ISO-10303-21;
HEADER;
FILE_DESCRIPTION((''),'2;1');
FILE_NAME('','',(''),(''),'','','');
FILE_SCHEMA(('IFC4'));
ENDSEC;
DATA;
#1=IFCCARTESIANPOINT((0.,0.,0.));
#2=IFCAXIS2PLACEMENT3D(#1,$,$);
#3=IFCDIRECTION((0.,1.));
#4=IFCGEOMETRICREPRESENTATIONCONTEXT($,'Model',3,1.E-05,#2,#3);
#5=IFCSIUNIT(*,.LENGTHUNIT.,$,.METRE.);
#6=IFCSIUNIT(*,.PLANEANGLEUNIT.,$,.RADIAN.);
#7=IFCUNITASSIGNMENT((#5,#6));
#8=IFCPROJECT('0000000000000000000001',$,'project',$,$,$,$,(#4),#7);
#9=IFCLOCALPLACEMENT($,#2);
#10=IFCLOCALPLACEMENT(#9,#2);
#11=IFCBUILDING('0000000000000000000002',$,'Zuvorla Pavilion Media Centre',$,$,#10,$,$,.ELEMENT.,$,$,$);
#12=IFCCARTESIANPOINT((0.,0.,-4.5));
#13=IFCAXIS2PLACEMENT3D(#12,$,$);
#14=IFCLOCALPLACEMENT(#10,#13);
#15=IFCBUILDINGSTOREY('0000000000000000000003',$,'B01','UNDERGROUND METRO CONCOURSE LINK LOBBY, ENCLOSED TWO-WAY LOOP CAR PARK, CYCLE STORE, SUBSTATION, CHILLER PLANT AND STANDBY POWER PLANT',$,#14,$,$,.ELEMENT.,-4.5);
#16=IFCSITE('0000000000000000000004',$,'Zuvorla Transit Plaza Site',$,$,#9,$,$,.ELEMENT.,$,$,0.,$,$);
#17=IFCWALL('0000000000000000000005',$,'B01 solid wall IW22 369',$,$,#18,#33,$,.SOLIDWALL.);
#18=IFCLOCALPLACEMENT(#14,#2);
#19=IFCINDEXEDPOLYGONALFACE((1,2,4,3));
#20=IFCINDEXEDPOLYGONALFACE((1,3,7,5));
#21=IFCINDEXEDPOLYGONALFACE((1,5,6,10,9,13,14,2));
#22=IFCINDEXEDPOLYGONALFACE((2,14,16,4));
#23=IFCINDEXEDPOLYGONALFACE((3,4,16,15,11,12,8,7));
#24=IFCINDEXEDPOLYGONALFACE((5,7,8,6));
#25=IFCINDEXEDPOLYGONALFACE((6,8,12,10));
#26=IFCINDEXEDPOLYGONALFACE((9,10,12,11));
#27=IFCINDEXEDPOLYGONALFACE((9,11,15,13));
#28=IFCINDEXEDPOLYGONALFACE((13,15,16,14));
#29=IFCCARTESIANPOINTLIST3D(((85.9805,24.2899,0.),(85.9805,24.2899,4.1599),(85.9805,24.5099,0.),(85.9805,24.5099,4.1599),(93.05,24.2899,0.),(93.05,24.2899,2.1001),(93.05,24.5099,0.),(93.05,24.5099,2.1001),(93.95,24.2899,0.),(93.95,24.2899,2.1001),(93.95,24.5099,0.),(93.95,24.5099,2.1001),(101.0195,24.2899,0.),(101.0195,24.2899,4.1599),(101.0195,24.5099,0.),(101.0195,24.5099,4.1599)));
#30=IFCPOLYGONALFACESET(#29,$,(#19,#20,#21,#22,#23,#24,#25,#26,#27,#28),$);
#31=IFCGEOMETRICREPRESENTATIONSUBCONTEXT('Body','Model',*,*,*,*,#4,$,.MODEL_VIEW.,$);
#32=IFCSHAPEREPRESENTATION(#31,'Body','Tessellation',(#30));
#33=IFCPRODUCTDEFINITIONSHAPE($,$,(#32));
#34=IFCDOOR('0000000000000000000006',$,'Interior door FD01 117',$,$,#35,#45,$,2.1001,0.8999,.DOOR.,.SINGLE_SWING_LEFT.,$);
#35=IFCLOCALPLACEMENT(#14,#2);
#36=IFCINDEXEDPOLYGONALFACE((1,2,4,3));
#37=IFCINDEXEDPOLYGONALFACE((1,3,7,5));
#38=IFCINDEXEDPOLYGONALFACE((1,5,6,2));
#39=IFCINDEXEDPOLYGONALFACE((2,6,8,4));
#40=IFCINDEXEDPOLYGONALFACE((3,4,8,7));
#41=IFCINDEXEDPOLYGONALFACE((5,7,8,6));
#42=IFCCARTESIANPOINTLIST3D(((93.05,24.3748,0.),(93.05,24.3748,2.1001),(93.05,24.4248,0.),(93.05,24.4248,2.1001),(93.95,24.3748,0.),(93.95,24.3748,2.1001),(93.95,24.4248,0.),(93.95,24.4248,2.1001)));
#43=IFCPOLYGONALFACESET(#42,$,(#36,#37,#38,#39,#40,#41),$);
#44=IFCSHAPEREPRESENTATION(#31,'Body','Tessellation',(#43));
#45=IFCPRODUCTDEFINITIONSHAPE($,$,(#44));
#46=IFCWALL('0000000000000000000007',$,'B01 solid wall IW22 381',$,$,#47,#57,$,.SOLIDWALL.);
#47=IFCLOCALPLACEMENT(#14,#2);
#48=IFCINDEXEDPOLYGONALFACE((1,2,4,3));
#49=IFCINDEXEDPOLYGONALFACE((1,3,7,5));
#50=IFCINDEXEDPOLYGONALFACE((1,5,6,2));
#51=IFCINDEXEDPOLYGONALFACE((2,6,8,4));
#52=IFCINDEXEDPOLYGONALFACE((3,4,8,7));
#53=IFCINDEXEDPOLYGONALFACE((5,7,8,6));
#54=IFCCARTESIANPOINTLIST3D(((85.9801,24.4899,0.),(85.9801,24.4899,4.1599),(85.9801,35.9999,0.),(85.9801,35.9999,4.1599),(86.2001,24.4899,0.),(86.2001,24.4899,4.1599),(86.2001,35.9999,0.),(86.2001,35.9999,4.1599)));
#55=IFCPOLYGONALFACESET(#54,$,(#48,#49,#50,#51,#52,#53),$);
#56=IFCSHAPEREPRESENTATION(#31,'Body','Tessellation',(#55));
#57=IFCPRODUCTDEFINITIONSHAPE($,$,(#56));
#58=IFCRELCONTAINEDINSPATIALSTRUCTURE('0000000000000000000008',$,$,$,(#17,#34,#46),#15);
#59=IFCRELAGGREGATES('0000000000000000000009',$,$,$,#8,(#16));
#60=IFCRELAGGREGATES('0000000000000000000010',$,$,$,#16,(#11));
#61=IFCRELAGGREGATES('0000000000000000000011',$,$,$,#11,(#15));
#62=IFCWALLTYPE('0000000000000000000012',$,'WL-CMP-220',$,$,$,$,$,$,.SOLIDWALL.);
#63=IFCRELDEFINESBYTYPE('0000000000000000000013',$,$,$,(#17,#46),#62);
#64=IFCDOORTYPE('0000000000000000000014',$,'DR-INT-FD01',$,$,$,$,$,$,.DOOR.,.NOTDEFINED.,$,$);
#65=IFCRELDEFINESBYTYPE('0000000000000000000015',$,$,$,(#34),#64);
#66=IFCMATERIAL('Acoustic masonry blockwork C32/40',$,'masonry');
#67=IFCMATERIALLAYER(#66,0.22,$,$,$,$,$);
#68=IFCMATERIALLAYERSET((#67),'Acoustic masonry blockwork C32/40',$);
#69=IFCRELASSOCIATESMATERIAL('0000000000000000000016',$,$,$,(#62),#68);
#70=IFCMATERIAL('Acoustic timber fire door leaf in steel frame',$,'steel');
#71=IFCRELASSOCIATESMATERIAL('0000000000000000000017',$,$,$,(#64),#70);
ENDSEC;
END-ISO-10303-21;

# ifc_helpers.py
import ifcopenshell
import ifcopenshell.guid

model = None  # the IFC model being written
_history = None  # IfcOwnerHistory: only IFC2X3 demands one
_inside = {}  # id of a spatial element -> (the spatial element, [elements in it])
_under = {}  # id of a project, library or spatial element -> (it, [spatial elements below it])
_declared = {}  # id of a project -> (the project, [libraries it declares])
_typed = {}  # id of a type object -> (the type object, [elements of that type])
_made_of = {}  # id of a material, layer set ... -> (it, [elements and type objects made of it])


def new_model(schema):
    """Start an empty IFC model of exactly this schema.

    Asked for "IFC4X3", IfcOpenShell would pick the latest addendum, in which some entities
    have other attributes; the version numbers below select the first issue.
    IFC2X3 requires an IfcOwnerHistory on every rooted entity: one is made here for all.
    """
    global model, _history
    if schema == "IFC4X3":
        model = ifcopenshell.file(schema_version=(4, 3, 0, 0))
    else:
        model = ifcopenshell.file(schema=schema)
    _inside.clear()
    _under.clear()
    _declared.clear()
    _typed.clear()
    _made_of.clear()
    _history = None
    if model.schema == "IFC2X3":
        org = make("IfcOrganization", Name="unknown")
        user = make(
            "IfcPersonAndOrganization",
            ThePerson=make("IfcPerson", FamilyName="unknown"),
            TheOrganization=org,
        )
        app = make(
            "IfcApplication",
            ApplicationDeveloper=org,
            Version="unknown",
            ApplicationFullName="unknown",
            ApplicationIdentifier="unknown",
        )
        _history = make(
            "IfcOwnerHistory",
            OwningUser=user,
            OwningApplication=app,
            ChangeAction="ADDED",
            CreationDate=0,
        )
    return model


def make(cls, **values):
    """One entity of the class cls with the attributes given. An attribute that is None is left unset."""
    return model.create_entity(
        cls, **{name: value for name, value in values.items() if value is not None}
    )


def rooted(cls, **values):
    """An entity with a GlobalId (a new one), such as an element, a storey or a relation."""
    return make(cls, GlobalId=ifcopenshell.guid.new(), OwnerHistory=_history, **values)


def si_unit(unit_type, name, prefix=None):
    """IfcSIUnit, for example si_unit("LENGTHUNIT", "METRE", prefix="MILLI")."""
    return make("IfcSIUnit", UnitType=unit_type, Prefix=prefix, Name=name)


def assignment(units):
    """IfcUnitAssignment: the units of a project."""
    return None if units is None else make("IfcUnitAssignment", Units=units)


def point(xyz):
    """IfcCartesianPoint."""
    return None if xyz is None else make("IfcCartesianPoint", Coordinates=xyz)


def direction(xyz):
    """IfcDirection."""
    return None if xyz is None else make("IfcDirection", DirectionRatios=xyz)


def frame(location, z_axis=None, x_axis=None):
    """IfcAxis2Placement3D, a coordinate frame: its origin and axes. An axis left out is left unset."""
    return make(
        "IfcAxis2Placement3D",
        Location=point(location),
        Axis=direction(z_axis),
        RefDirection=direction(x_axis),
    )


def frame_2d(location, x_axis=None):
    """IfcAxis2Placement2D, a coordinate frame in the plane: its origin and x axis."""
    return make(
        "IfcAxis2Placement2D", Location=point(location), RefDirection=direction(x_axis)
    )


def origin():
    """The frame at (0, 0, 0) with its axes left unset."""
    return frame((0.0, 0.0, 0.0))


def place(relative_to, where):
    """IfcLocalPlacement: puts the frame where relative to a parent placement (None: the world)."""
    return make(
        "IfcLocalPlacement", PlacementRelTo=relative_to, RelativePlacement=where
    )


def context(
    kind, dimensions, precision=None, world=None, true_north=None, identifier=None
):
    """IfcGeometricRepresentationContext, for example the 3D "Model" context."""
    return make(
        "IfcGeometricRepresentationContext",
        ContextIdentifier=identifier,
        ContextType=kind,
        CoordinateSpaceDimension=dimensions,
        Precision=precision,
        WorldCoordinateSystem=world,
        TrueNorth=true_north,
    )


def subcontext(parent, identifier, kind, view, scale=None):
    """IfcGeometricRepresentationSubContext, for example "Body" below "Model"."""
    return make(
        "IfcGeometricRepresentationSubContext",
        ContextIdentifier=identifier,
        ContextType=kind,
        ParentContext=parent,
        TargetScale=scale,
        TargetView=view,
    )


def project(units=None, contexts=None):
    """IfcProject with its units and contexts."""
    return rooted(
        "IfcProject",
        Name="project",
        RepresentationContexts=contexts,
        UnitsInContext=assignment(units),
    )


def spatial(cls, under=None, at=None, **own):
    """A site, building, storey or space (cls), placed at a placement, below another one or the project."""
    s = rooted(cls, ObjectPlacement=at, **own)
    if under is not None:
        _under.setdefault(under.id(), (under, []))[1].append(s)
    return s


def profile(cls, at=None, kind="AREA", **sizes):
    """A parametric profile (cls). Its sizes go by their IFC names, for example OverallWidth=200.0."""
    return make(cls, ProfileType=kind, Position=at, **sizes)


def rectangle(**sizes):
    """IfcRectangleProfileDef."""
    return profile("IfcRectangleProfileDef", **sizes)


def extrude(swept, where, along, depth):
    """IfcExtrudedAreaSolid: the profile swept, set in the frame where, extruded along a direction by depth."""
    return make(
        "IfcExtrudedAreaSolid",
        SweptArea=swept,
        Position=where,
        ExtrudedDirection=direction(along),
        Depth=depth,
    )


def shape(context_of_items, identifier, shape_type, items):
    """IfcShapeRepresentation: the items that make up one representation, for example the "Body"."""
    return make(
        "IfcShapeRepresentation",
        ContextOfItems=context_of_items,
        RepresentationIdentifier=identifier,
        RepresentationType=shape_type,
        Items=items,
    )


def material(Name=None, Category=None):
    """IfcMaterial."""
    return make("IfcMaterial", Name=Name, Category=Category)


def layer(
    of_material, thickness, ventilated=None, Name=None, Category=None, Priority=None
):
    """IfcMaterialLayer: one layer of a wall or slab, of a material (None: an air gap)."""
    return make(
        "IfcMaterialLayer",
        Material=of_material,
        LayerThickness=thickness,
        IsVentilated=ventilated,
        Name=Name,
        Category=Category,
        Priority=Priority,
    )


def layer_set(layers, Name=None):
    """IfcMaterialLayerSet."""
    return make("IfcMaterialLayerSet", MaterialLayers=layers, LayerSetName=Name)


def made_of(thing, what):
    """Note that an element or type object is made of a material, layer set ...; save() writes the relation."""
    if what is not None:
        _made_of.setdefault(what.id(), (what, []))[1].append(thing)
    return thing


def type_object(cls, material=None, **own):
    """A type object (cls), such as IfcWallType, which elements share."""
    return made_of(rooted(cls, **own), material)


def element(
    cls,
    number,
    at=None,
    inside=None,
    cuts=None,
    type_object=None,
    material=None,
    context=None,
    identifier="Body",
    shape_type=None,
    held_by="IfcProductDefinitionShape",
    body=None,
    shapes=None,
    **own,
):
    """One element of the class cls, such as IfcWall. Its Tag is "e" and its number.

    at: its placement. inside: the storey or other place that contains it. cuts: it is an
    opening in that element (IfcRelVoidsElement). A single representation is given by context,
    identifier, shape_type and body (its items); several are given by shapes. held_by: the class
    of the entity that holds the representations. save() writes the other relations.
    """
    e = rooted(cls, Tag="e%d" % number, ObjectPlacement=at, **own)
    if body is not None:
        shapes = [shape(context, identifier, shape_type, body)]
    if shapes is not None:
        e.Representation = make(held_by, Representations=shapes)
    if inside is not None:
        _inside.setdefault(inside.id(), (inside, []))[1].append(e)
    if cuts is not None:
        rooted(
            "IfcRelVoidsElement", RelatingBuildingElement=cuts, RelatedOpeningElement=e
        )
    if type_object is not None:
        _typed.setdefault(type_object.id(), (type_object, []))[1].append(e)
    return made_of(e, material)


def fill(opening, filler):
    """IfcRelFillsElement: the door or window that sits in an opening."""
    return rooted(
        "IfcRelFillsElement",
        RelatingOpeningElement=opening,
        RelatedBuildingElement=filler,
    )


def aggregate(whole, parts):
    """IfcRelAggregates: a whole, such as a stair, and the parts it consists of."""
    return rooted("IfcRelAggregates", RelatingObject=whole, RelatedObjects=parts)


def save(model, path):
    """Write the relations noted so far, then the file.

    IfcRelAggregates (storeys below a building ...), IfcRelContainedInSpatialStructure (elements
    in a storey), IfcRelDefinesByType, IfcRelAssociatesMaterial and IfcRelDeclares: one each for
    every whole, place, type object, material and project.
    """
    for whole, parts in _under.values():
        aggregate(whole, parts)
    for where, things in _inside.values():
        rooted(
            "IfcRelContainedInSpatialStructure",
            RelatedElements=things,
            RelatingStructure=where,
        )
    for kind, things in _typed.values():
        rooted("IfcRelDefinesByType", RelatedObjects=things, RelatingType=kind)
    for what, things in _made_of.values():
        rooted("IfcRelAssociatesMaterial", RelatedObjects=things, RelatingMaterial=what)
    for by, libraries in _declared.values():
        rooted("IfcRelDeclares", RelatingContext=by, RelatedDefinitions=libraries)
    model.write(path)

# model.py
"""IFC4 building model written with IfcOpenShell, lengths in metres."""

from ifc_helpers import new_model, si_unit, direction, frame, frame_2d, origin, place, context, subcontext, project, spatial, rectangle, extrude, material, layer, layer_set, type_object, element, fill, save


model = new_model("IFC4")

# Units and contexts
model_context = context("Model", 3, precision=1e-05, world=origin(), true_north=direction((0.0, 1.0)))
body_context = subcontext(model_context, "Body", "Model", "MODEL_VIEW")
ifc_project = project(units=[si_unit("LENGTHUNIT", "METRE"), si_unit("PLANEANGLEUNIT", "RADIAN")], contexts=[model_context])

# Site, building, storey
site_placement = place(None, origin())
site = spatial("IfcSite", under=ifc_project, at=site_placement, Name="Zuvorla Transit Plaza Site", CompositionType="ELEMENT", RefElevation=0.0)
building_placement = place(site_placement, origin())
building = spatial("IfcBuilding", under=site, at=building_placement, Name="Zuvorla Pavilion Media Centre", CompositionType="ELEMENT")
storey_placement = place(building_placement, frame((0.0, 0.0, -4.5)))
storey = spatial("IfcBuildingStorey", under=building, at=storey_placement, Name="B01", Description="UNDERGROUND METRO CONCOURSE LINK LOBBY, ENCLOSED TWO-WAY LOOP CAR PARK, CYCLE STORE, SUBSTATION, CHILLER PLANT AND STANDBY POWER PLANT", CompositionType="ELEMENT", Elevation=-4.5)

# Wall, opening, door
ifc_material_1 = material(Name="Acoustic masonry blockwork C32/40", Category="masonry")
ifc_layer = layer(ifc_material_1, 0.22)
ifc_layer_set = layer_set([ifc_layer], Name="Acoustic masonry blockwork C32/40")
wall_type = type_object("IfcWallType", Name="WL-CMP-220", PredefinedType="SOLIDWALL", material=ifc_layer_set)
wall_1_placement = place(storey_placement, frame((85.9805, 24.3999, 0.0), z_axis=(0.0, 0.0, 1.0), x_axis=(1.0, 0.0, 0.0)))
wall_1 = element("IfcWall", 1, at=wall_1_placement, inside=storey, type_object=wall_type, Name="B01 solid wall IW22 369", PredefinedType="SOLIDWALL", context=body_context, shape_type="SweptSolid", body=[
    extrude(rectangle(XDim=15.0391, YDim=0.22, at=frame_2d((7.5195, 0.0))), origin(), (0.0, 0.0, 1.0), 4.1599),
])
opening_placement = place(wall_1_placement, frame((7.0696, 0.0, 0.0)))
opening = element("IfcOpeningElement", 2, at=opening_placement, cuts=wall_1, PredefinedType="OPENING", context=body_context, shape_type="SweptSolid", body=[
    extrude(rectangle(XDim=0.8999, YDim=2.1001, at=frame_2d((0.45, 1.05))), frame((0.0, 0.1199, 0.0), z_axis=(0.0, -1.0, 0.0), x_axis=(1.0, 0.0, 0.0)), (0.0, 0.0, 1.0), 0.24),
])
ifc_material_2 = material(Name="Acoustic timber fire door leaf in steel frame", Category="steel")
door_type = type_object("IfcDoorType", Name="DR-INT-FD01", OperationType="NOTDEFINED", PredefinedType="DOOR", material=ifc_material_2)
door_placement = place(opening_placement, origin())
door = element("IfcDoor", 3, at=door_placement, inside=storey, type_object=door_type, Name="Interior door FD01 117", OperationType="SINGLE_SWING_LEFT", OverallHeight=2.1001, OverallWidth=0.8999, PredefinedType="DOOR", context=body_context, shape_type="SweptSolid", body=[
    extrude(rectangle(XDim=0.8999, YDim=2.1001, at=frame_2d((0.45, 1.05))), frame((0.0, 0.0249, 0.0), z_axis=(0.0, -1.0, 0.0), x_axis=(1.0, 0.0, 0.0)), (0.0, 0.0, 1.0), 0.05),
])
fill(opening, door)

# Wall
wall_2_placement = place(storey_placement, frame((86.0901, 24.49, 0.0), z_axis=(0.0, 0.0, 1.0), x_axis=(0.0, 1.0, 0.0)))
element("IfcWall", 4, at=wall_2_placement, inside=storey, type_object=wall_type, Name="B01 solid wall IW22 381", PredefinedType="SOLIDWALL", context=body_context, shape_type="SweptSolid", body=[
    extrude(rectangle(XDim=11.51, YDim=0.22, at=frame_2d((5.7549, 0.0))), origin(), (0.0, 0.0, 1.0), 4.1599),
])

save(model, "model.ifc")
